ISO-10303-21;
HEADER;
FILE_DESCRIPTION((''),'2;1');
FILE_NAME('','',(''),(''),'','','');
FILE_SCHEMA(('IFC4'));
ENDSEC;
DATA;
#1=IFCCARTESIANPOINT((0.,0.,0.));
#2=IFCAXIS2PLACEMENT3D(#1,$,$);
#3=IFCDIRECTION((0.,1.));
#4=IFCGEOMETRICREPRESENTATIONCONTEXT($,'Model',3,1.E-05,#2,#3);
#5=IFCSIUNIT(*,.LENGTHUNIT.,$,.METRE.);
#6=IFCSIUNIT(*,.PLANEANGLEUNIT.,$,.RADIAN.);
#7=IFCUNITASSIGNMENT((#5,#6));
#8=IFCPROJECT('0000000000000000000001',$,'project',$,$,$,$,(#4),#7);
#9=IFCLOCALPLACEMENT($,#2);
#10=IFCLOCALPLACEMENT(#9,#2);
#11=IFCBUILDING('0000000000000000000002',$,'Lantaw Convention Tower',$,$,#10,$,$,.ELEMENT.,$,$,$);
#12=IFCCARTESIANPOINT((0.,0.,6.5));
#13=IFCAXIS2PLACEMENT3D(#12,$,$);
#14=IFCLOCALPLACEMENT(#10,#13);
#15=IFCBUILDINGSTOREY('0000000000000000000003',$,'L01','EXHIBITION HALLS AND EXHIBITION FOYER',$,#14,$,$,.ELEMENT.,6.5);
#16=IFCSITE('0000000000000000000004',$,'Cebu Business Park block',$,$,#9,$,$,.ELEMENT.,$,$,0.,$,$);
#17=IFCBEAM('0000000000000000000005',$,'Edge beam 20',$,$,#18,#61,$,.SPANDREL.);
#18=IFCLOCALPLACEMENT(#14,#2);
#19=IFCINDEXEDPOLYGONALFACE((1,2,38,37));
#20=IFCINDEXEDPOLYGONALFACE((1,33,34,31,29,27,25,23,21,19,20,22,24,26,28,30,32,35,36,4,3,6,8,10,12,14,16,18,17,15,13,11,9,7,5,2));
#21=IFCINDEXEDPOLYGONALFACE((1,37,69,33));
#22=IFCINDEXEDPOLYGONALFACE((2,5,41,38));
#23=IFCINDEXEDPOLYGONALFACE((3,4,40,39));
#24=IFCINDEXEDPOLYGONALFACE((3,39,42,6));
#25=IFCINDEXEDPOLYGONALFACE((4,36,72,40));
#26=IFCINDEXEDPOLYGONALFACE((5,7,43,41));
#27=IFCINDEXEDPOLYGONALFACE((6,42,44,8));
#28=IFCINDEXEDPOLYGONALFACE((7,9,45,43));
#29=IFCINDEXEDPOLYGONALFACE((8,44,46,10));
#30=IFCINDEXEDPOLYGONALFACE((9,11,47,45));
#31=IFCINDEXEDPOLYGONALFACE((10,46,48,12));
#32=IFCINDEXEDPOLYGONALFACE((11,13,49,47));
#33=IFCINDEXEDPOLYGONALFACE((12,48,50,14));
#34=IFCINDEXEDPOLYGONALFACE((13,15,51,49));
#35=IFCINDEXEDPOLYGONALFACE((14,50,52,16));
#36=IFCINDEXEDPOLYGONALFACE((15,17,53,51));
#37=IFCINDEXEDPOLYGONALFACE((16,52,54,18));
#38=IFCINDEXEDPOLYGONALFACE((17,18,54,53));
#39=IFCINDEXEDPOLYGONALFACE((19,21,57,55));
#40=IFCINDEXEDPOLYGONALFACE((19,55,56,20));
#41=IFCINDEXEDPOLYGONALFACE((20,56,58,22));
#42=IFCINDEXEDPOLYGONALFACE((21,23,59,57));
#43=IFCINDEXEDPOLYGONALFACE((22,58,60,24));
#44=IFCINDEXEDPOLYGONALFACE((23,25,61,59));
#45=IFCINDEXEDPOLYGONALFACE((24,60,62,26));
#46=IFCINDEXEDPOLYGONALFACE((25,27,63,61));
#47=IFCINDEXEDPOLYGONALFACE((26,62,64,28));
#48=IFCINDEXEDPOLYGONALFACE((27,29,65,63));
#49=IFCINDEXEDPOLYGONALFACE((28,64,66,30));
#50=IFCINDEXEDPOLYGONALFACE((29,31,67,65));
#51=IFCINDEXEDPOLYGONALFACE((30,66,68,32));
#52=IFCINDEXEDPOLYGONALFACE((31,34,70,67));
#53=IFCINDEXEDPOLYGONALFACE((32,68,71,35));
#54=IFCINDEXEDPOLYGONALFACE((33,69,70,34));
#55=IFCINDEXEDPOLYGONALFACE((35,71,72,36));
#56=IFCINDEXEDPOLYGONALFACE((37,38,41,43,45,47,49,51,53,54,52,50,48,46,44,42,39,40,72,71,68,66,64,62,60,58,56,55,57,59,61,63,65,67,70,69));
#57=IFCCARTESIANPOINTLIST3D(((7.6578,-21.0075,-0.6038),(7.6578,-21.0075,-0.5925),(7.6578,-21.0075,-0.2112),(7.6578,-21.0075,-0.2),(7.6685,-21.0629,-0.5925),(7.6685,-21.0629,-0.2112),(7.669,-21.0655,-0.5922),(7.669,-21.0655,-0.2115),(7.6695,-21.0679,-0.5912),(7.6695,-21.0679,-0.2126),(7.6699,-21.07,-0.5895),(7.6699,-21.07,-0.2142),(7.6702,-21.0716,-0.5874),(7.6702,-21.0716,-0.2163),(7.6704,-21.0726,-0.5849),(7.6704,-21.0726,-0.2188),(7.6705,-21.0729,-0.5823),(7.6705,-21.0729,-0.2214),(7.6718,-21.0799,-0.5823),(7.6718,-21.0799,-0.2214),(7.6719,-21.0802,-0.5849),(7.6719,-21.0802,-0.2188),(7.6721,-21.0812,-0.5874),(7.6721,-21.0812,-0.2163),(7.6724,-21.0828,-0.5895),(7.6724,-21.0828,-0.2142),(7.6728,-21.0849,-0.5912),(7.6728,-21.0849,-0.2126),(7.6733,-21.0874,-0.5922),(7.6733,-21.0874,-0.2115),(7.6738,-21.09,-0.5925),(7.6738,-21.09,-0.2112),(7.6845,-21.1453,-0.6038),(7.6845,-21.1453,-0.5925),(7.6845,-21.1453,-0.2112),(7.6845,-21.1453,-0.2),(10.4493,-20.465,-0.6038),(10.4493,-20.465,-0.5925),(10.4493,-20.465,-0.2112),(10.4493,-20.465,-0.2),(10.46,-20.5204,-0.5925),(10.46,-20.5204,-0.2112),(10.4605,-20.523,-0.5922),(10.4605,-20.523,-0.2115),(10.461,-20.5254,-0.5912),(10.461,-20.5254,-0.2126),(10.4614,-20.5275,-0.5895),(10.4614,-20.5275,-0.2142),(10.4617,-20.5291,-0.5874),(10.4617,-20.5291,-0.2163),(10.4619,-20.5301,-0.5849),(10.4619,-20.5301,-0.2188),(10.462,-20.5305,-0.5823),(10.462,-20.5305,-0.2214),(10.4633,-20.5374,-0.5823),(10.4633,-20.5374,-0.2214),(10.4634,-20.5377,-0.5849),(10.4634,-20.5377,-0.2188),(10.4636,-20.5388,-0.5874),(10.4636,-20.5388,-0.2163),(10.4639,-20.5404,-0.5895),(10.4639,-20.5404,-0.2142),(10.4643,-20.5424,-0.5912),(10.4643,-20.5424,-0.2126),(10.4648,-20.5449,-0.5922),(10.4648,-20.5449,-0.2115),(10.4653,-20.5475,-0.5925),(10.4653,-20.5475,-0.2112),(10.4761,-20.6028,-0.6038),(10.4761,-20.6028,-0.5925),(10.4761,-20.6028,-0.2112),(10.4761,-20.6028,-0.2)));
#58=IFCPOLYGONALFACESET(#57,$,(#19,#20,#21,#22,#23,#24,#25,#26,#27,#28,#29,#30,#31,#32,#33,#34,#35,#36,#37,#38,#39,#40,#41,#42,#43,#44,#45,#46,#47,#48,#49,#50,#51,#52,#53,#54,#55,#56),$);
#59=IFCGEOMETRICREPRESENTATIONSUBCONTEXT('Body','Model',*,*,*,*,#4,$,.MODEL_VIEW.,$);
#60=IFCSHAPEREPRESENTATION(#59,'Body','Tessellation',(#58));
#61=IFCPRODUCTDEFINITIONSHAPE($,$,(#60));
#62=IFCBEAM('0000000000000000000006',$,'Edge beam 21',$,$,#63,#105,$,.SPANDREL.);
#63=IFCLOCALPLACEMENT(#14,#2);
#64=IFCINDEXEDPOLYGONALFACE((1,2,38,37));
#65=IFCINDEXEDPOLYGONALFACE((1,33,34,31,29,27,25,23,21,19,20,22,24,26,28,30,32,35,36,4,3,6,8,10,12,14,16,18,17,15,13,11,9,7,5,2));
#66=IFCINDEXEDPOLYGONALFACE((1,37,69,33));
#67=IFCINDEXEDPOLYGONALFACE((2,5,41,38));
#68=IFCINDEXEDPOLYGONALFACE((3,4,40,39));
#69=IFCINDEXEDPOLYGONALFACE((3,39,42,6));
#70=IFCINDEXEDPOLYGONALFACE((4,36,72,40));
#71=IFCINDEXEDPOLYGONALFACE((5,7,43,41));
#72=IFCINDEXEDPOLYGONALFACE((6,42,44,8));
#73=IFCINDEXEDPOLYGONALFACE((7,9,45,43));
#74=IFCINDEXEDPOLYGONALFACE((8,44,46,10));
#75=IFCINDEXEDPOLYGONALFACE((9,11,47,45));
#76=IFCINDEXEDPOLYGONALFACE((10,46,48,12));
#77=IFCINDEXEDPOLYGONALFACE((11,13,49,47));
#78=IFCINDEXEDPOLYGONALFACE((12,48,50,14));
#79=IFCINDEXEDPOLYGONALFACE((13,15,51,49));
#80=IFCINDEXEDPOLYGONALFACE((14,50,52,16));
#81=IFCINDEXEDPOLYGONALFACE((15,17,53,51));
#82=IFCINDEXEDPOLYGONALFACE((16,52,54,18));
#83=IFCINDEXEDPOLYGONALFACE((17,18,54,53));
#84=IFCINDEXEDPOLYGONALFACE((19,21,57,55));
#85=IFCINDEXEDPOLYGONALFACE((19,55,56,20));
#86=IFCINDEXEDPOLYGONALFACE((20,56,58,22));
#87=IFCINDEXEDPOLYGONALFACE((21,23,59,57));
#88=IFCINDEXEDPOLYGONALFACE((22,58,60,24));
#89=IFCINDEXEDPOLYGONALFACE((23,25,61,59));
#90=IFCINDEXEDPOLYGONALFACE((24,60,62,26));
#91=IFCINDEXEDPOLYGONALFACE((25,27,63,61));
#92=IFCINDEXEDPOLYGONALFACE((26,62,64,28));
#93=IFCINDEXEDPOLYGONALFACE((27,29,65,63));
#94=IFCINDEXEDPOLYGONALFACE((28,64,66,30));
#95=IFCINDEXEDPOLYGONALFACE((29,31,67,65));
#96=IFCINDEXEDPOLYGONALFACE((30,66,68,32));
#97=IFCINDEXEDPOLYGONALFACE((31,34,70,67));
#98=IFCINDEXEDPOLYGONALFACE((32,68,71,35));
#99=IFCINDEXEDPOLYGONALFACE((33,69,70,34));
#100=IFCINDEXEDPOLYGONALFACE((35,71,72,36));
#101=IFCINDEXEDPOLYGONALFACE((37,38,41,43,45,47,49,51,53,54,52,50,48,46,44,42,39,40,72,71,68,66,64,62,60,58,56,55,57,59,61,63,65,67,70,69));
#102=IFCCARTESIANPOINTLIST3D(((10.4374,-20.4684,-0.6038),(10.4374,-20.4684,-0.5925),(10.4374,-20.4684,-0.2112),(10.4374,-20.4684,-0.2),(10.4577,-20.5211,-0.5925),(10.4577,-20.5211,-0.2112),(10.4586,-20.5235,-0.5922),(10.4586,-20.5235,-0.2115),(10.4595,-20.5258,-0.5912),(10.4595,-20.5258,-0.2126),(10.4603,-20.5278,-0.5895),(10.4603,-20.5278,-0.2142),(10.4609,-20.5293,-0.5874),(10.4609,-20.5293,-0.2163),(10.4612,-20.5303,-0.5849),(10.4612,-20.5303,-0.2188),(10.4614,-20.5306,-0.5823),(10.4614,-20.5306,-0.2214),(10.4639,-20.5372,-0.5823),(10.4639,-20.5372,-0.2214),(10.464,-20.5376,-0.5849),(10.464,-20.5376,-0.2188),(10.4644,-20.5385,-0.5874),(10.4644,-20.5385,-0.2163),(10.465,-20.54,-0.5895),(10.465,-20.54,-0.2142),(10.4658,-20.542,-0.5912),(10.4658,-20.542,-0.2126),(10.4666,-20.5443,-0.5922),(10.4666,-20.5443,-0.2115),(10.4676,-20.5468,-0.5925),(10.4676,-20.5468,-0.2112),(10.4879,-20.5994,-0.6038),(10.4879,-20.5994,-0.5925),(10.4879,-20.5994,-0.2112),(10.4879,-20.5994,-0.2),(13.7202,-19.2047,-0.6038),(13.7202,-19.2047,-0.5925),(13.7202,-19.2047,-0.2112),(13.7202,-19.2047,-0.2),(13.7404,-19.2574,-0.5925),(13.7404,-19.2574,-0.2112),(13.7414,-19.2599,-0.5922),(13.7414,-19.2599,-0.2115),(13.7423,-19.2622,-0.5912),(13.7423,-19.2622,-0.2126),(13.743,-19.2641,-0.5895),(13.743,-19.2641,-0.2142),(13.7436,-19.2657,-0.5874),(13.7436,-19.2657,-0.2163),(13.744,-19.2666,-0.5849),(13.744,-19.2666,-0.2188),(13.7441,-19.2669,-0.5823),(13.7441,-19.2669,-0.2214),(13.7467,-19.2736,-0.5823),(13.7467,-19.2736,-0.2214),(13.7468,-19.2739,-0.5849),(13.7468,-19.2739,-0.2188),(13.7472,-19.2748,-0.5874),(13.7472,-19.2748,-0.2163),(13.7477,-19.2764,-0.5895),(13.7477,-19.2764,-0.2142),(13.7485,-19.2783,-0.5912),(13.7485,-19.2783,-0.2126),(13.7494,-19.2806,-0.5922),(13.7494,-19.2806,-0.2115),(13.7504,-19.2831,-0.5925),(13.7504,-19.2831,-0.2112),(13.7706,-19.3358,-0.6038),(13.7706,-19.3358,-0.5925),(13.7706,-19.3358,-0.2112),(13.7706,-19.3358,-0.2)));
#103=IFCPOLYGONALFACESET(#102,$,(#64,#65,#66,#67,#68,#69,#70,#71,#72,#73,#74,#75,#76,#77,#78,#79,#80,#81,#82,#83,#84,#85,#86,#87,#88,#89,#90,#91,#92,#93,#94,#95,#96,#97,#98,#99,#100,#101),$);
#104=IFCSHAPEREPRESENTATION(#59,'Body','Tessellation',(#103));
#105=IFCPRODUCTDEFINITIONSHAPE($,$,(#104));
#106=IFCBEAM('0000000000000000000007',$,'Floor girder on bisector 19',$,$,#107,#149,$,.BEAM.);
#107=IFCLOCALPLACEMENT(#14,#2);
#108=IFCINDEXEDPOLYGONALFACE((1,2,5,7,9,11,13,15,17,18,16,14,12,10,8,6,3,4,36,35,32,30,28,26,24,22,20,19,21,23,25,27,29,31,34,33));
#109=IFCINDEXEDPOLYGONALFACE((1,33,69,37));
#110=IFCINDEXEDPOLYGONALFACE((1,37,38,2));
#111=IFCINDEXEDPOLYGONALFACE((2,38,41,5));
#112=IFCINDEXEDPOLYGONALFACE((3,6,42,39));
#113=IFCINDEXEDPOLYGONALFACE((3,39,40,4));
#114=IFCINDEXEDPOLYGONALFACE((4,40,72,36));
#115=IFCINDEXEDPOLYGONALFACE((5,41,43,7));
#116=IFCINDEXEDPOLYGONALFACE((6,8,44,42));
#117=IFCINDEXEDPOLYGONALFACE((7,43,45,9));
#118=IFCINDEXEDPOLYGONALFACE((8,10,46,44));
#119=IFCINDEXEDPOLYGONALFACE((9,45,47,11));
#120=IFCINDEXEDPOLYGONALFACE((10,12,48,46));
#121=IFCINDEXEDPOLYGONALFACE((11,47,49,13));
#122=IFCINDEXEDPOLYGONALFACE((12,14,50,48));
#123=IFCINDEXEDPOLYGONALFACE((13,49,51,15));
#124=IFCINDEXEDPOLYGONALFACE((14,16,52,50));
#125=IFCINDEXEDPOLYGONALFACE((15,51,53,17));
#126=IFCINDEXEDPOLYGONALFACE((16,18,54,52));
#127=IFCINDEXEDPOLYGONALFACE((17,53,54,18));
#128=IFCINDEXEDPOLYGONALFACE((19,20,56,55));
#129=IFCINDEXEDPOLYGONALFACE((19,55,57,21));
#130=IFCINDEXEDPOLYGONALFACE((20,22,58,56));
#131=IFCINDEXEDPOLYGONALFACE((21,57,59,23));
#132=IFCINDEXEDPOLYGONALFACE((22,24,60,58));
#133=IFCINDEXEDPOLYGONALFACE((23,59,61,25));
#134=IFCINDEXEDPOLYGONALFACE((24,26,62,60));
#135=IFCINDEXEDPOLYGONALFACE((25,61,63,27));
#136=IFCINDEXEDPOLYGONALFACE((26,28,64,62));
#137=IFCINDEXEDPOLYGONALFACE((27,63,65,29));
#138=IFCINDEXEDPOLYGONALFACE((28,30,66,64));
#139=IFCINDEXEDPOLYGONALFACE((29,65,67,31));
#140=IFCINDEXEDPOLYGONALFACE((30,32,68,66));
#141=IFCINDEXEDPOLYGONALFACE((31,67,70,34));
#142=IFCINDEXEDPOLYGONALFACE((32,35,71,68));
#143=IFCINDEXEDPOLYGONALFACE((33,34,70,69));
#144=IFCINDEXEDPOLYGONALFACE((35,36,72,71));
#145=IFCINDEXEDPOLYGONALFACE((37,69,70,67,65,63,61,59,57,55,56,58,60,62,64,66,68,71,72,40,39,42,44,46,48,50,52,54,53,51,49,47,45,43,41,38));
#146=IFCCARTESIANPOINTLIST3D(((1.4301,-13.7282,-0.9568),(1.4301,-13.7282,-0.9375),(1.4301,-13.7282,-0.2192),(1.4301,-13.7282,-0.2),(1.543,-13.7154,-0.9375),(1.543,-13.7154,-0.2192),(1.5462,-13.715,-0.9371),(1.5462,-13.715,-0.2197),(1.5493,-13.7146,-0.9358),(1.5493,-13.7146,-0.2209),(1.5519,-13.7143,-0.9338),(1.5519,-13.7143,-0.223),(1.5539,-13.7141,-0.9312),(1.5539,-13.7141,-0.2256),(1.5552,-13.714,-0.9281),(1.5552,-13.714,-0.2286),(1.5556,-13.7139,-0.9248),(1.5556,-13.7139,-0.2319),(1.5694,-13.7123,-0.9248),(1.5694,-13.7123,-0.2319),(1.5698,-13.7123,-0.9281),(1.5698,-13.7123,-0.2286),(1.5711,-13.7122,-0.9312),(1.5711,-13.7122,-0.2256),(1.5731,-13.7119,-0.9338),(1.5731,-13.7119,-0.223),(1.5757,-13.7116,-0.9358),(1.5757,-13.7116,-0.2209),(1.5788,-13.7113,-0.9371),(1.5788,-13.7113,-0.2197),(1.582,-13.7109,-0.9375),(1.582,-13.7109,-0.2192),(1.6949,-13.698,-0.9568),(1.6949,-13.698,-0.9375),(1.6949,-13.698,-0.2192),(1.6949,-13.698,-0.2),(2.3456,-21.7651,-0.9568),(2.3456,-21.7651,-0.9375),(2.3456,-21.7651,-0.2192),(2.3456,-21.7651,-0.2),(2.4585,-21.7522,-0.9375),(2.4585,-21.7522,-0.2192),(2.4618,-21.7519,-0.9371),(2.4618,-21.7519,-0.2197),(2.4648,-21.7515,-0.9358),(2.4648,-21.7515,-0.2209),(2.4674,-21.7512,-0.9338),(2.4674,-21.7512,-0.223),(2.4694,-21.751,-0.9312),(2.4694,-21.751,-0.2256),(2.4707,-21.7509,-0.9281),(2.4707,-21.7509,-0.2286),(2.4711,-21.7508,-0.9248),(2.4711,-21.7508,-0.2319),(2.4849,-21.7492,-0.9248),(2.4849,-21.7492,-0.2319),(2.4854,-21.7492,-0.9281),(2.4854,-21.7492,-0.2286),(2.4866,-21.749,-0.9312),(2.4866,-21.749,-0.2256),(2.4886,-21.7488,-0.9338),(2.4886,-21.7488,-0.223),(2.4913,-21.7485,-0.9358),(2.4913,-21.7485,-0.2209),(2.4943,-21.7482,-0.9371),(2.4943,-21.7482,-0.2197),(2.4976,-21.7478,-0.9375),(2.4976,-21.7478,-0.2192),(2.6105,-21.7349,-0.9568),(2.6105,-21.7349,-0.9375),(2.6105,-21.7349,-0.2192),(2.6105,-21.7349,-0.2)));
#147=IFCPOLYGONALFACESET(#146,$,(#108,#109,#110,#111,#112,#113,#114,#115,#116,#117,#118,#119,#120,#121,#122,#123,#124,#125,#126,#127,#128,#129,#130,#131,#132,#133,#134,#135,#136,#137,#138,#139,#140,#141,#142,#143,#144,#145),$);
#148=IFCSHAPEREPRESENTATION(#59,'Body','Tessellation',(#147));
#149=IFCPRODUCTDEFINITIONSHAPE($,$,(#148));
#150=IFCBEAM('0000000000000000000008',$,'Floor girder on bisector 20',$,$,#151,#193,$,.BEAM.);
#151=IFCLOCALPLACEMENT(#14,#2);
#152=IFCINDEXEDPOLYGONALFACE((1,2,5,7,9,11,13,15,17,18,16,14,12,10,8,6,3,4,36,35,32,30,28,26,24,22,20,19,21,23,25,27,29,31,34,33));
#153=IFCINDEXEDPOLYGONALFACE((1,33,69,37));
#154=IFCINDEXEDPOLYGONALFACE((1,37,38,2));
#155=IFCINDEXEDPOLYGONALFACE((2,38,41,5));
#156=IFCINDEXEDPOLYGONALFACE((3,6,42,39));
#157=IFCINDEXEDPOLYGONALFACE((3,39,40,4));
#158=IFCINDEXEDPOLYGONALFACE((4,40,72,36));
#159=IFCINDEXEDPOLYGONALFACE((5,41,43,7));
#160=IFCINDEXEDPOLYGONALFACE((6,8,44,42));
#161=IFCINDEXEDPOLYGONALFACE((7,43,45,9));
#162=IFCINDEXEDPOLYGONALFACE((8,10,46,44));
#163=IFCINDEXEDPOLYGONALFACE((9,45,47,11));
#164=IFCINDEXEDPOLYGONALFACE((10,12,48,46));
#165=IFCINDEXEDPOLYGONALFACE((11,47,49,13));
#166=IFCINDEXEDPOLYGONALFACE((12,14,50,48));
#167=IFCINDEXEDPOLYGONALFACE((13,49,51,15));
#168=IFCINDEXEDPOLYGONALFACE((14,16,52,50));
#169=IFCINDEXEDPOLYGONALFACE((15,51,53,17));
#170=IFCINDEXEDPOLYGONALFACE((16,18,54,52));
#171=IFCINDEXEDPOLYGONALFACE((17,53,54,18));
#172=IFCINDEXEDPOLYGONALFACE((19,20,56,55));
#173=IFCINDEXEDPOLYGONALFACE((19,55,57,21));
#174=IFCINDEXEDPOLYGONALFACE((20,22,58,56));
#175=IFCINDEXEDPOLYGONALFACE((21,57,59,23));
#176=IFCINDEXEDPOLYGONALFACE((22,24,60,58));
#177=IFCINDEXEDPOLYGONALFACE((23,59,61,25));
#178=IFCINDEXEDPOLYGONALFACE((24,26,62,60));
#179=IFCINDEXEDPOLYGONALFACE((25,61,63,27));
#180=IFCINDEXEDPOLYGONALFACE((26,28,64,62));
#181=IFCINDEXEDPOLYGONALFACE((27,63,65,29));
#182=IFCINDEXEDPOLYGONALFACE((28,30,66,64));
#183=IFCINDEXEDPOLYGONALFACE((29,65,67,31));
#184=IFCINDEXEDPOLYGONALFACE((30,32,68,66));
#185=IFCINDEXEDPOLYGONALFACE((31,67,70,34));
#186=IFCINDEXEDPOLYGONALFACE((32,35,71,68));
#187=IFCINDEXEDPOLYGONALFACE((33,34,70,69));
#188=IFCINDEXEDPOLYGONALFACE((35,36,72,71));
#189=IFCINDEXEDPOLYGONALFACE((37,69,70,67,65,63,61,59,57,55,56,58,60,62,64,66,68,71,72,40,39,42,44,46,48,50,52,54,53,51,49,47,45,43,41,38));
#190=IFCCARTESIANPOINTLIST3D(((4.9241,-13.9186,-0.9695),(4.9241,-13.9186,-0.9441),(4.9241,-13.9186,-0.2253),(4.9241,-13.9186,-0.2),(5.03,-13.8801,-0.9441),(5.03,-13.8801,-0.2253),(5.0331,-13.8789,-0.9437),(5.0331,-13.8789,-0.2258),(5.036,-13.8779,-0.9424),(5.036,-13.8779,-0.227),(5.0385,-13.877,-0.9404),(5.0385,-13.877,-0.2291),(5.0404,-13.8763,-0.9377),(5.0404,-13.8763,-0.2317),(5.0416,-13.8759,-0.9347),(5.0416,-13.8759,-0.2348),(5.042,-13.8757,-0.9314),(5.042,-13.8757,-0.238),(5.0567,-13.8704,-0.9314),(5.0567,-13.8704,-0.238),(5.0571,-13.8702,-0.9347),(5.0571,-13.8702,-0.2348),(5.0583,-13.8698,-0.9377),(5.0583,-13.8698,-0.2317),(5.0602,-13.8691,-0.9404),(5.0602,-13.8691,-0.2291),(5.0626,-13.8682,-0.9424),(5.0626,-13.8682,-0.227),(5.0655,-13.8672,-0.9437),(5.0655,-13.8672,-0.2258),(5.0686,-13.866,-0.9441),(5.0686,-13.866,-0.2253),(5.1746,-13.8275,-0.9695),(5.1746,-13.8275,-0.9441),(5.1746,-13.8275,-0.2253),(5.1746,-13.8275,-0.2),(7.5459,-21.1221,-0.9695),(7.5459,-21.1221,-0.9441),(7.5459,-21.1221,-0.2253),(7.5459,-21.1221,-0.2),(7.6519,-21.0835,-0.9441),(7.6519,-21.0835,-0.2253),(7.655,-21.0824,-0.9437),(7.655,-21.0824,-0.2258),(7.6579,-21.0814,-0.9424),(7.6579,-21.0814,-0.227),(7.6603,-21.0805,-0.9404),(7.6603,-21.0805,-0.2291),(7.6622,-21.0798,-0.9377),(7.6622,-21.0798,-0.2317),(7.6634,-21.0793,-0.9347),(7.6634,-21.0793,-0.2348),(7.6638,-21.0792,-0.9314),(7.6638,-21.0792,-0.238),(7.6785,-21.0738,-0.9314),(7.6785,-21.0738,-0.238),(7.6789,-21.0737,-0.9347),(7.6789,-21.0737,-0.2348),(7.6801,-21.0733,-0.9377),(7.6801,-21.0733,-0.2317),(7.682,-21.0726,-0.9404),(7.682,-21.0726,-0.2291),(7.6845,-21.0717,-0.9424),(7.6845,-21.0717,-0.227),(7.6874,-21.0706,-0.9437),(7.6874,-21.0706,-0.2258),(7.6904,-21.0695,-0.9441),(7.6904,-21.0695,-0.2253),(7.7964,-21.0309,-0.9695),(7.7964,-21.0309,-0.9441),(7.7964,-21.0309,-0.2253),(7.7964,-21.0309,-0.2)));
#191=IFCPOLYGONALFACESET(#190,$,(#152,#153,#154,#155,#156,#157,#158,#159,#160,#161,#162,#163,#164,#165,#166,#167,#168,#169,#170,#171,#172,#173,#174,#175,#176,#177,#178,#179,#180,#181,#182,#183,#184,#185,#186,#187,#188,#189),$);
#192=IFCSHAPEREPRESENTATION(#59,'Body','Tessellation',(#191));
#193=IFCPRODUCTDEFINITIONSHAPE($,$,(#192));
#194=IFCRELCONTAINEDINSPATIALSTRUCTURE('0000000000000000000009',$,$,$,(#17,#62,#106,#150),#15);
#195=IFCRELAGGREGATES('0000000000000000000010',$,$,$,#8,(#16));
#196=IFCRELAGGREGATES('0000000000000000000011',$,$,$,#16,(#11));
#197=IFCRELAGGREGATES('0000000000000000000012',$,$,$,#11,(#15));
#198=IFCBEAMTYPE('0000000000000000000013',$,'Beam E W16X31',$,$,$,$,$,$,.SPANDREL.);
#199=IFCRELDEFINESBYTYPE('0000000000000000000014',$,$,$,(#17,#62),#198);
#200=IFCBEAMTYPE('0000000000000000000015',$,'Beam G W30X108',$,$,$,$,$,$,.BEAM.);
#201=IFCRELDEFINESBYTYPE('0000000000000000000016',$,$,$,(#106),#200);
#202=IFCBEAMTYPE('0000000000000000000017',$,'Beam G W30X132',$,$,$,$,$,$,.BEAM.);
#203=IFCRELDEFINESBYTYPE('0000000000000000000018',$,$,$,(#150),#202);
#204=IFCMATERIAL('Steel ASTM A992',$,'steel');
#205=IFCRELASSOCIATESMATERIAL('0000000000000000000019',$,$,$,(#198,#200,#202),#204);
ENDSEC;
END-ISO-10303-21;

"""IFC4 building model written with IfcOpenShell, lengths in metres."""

from ifc_helpers import new_model, si_unit, direction, frame, origin, origin_2d, place, context, subcontext, project, spatial, i_section, extrude, material, material_profile, profile_set, type_object, element, save


model = new_model("IFC4")

# Units and contexts
model_context = context("Model", 3, precision=1e-05, world=origin(), true_north=direction((0.0, 1.0)))
body_context = subcontext(model_context, "Body", "Model", "MODEL_VIEW")
ifc_project = project(units=[si_unit("LENGTHUNIT", "METRE"), si_unit("PLANEANGLEUNIT", "RADIAN")], contexts=[model_context])

# Site, building, storey
site_placement = place(None, origin())
site = spatial("IfcSite", under=ifc_project, at=site_placement, Name="Cebu Business Park block", CompositionType="ELEMENT", RefElevation=0.0)
building_placement = place(site_placement, origin())
building = spatial("IfcBuilding", under=site, at=building_placement, Name="Lantaw Convention Tower", CompositionType="ELEMENT")
storey_placement = place(building_placement, frame((0.0, 0.0, 6.5)))
storey = spatial("IfcBuildingStorey", under=building, at=storey_placement, Name="L01", Description="EXHIBITION HALLS AND EXHIBITION FOYER", CompositionType="ELEMENT", Elevation=6.5)

# Beams
ifc_material_1 = material(Name="Steel ASTM A992", Category="steel")
ifc_material_profile_1 = material_profile(ifc_material_1, i_section(OverallWidth=0.1404, OverallDepth=0.4038, WebThickness=0.0071, FlangeThickness=0.0112, FilletRadius=0.0103, at=origin_2d()), Name="W16X31")
ifc_profile_set_1 = profile_set([ifc_material_profile_1], Name="Steel ASTM A992")
beam_type_1 = type_object("IfcBeamType", Name="Beam E W16X31", PredefinedType="SPANDREL", material=ifc_profile_set_1)
beam_1_placement = place(storey_placement, frame((7.6711, -21.0764, -0.4019), z_axis=(0.981636, 0.190764, 0.0), x_axis=(-0.190764, 0.981636, 0.0)))
element("IfcBeam", 1, at=beam_1_placement, inside=storey, type_object=beam_type_1, Name="Edge beam 20", PredefinedType="SPANDREL", context=body_context, shape_type="SweptSolid", body=[
    extrude(i_section(OverallWidth=0.1404, OverallDepth=0.4038, WebThickness=0.0071, FlangeThickness=0.0112, FilletRadius=0.0103, at=origin_2d()), origin(), (0.0, 0.0, 1.0), 2.8438),
])
beam_2_placement = place(storey_placement, frame((10.4626, -20.5339, -0.4019), z_axis=(0.933242, 0.359249, 0.0), x_axis=(-0.359249, 0.933242, 0.0)))
element("IfcBeam", 2, at=beam_2_placement, inside=storey, type_object=beam_type_1, Name="Edge beam 21", PredefinedType="SPANDREL", context=body_context, shape_type="SweptSolid", body=[
    extrude(i_section(OverallWidth=0.1404, OverallDepth=0.4038, WebThickness=0.0071, FlangeThickness=0.0112, FilletRadius=0.0103, at=origin_2d()), origin(), (0.0, 0.0, 1.0), 3.5176),
])
ifc_material_profile_2 = material_profile(ifc_material_1, i_section(OverallWidth=0.2666, OverallDepth=0.7568, WebThickness=0.0139, FlangeThickness=0.0193, FilletRadius=0.0127, at=origin_2d()), Name="W30X108")
ifc_profile_set_2 = profile_set([ifc_material_profile_2], Name="Steel ASTM A992")
beam_type_2 = type_object("IfcBeamType", Name="Beam G W30X108", PredefinedType="BEAM", material=ifc_profile_set_2)
beam_3_placement = place(storey_placement, frame((1.5625, -13.7131, -0.5784), z_axis=(0.113184, -0.993574, 0.0), x_axis=(0.993574, 0.113184, 0.0)))
element("IfcBeam", 3, at=beam_3_placement, inside=storey, type_object=beam_type_2, Name="Floor girder on bisector 19", PredefinedType="BEAM", context=body_context, shape_type="SweptSolid", body=[
    extrude(i_section(OverallWidth=0.2666, OverallDepth=0.7568, WebThickness=0.0139, FlangeThickness=0.0193, FilletRadius=0.0127, at=origin_2d()), origin(), (0.0, 0.0, 1.0), 8.0889),
])
ifc_material_profile_3 = material_profile(ifc_material_1, i_section(OverallWidth=0.2666, OverallDepth=0.7695, WebThickness=0.0156, FlangeThickness=0.0254, FilletRadius=0.0127, at=origin_2d()), Name="W30X132")
ifc_profile_set_3 = profile_set([ifc_material_profile_3], Name="Steel ASTM A992")
beam_type_3 = type_object("IfcBeamType", Name="Beam G W30X132", PredefinedType="BEAM", material=ifc_profile_set_3)
beam_4_placement = place(storey_placement, frame((5.0493, -13.873, -0.5847), z_axis=(0.342022, -0.939692, 0.0), x_axis=(0.939692, 0.342022, 0.0)))
element("IfcBeam", 4, at=beam_4_placement, inside=storey, type_object=beam_type_3, Name="Floor girder on bisector 20", PredefinedType="BEAM", context=body_context, shape_type="SweptSolid", body=[
    extrude(i_section(OverallWidth=0.2666, OverallDepth=0.7695, WebThickness=0.0156, FlangeThickness=0.0254, FilletRadius=0.0127, at=origin_2d()), origin(), (0.0, 0.0, 1.0), 7.6658),
])

save(model, "model.ifc")
